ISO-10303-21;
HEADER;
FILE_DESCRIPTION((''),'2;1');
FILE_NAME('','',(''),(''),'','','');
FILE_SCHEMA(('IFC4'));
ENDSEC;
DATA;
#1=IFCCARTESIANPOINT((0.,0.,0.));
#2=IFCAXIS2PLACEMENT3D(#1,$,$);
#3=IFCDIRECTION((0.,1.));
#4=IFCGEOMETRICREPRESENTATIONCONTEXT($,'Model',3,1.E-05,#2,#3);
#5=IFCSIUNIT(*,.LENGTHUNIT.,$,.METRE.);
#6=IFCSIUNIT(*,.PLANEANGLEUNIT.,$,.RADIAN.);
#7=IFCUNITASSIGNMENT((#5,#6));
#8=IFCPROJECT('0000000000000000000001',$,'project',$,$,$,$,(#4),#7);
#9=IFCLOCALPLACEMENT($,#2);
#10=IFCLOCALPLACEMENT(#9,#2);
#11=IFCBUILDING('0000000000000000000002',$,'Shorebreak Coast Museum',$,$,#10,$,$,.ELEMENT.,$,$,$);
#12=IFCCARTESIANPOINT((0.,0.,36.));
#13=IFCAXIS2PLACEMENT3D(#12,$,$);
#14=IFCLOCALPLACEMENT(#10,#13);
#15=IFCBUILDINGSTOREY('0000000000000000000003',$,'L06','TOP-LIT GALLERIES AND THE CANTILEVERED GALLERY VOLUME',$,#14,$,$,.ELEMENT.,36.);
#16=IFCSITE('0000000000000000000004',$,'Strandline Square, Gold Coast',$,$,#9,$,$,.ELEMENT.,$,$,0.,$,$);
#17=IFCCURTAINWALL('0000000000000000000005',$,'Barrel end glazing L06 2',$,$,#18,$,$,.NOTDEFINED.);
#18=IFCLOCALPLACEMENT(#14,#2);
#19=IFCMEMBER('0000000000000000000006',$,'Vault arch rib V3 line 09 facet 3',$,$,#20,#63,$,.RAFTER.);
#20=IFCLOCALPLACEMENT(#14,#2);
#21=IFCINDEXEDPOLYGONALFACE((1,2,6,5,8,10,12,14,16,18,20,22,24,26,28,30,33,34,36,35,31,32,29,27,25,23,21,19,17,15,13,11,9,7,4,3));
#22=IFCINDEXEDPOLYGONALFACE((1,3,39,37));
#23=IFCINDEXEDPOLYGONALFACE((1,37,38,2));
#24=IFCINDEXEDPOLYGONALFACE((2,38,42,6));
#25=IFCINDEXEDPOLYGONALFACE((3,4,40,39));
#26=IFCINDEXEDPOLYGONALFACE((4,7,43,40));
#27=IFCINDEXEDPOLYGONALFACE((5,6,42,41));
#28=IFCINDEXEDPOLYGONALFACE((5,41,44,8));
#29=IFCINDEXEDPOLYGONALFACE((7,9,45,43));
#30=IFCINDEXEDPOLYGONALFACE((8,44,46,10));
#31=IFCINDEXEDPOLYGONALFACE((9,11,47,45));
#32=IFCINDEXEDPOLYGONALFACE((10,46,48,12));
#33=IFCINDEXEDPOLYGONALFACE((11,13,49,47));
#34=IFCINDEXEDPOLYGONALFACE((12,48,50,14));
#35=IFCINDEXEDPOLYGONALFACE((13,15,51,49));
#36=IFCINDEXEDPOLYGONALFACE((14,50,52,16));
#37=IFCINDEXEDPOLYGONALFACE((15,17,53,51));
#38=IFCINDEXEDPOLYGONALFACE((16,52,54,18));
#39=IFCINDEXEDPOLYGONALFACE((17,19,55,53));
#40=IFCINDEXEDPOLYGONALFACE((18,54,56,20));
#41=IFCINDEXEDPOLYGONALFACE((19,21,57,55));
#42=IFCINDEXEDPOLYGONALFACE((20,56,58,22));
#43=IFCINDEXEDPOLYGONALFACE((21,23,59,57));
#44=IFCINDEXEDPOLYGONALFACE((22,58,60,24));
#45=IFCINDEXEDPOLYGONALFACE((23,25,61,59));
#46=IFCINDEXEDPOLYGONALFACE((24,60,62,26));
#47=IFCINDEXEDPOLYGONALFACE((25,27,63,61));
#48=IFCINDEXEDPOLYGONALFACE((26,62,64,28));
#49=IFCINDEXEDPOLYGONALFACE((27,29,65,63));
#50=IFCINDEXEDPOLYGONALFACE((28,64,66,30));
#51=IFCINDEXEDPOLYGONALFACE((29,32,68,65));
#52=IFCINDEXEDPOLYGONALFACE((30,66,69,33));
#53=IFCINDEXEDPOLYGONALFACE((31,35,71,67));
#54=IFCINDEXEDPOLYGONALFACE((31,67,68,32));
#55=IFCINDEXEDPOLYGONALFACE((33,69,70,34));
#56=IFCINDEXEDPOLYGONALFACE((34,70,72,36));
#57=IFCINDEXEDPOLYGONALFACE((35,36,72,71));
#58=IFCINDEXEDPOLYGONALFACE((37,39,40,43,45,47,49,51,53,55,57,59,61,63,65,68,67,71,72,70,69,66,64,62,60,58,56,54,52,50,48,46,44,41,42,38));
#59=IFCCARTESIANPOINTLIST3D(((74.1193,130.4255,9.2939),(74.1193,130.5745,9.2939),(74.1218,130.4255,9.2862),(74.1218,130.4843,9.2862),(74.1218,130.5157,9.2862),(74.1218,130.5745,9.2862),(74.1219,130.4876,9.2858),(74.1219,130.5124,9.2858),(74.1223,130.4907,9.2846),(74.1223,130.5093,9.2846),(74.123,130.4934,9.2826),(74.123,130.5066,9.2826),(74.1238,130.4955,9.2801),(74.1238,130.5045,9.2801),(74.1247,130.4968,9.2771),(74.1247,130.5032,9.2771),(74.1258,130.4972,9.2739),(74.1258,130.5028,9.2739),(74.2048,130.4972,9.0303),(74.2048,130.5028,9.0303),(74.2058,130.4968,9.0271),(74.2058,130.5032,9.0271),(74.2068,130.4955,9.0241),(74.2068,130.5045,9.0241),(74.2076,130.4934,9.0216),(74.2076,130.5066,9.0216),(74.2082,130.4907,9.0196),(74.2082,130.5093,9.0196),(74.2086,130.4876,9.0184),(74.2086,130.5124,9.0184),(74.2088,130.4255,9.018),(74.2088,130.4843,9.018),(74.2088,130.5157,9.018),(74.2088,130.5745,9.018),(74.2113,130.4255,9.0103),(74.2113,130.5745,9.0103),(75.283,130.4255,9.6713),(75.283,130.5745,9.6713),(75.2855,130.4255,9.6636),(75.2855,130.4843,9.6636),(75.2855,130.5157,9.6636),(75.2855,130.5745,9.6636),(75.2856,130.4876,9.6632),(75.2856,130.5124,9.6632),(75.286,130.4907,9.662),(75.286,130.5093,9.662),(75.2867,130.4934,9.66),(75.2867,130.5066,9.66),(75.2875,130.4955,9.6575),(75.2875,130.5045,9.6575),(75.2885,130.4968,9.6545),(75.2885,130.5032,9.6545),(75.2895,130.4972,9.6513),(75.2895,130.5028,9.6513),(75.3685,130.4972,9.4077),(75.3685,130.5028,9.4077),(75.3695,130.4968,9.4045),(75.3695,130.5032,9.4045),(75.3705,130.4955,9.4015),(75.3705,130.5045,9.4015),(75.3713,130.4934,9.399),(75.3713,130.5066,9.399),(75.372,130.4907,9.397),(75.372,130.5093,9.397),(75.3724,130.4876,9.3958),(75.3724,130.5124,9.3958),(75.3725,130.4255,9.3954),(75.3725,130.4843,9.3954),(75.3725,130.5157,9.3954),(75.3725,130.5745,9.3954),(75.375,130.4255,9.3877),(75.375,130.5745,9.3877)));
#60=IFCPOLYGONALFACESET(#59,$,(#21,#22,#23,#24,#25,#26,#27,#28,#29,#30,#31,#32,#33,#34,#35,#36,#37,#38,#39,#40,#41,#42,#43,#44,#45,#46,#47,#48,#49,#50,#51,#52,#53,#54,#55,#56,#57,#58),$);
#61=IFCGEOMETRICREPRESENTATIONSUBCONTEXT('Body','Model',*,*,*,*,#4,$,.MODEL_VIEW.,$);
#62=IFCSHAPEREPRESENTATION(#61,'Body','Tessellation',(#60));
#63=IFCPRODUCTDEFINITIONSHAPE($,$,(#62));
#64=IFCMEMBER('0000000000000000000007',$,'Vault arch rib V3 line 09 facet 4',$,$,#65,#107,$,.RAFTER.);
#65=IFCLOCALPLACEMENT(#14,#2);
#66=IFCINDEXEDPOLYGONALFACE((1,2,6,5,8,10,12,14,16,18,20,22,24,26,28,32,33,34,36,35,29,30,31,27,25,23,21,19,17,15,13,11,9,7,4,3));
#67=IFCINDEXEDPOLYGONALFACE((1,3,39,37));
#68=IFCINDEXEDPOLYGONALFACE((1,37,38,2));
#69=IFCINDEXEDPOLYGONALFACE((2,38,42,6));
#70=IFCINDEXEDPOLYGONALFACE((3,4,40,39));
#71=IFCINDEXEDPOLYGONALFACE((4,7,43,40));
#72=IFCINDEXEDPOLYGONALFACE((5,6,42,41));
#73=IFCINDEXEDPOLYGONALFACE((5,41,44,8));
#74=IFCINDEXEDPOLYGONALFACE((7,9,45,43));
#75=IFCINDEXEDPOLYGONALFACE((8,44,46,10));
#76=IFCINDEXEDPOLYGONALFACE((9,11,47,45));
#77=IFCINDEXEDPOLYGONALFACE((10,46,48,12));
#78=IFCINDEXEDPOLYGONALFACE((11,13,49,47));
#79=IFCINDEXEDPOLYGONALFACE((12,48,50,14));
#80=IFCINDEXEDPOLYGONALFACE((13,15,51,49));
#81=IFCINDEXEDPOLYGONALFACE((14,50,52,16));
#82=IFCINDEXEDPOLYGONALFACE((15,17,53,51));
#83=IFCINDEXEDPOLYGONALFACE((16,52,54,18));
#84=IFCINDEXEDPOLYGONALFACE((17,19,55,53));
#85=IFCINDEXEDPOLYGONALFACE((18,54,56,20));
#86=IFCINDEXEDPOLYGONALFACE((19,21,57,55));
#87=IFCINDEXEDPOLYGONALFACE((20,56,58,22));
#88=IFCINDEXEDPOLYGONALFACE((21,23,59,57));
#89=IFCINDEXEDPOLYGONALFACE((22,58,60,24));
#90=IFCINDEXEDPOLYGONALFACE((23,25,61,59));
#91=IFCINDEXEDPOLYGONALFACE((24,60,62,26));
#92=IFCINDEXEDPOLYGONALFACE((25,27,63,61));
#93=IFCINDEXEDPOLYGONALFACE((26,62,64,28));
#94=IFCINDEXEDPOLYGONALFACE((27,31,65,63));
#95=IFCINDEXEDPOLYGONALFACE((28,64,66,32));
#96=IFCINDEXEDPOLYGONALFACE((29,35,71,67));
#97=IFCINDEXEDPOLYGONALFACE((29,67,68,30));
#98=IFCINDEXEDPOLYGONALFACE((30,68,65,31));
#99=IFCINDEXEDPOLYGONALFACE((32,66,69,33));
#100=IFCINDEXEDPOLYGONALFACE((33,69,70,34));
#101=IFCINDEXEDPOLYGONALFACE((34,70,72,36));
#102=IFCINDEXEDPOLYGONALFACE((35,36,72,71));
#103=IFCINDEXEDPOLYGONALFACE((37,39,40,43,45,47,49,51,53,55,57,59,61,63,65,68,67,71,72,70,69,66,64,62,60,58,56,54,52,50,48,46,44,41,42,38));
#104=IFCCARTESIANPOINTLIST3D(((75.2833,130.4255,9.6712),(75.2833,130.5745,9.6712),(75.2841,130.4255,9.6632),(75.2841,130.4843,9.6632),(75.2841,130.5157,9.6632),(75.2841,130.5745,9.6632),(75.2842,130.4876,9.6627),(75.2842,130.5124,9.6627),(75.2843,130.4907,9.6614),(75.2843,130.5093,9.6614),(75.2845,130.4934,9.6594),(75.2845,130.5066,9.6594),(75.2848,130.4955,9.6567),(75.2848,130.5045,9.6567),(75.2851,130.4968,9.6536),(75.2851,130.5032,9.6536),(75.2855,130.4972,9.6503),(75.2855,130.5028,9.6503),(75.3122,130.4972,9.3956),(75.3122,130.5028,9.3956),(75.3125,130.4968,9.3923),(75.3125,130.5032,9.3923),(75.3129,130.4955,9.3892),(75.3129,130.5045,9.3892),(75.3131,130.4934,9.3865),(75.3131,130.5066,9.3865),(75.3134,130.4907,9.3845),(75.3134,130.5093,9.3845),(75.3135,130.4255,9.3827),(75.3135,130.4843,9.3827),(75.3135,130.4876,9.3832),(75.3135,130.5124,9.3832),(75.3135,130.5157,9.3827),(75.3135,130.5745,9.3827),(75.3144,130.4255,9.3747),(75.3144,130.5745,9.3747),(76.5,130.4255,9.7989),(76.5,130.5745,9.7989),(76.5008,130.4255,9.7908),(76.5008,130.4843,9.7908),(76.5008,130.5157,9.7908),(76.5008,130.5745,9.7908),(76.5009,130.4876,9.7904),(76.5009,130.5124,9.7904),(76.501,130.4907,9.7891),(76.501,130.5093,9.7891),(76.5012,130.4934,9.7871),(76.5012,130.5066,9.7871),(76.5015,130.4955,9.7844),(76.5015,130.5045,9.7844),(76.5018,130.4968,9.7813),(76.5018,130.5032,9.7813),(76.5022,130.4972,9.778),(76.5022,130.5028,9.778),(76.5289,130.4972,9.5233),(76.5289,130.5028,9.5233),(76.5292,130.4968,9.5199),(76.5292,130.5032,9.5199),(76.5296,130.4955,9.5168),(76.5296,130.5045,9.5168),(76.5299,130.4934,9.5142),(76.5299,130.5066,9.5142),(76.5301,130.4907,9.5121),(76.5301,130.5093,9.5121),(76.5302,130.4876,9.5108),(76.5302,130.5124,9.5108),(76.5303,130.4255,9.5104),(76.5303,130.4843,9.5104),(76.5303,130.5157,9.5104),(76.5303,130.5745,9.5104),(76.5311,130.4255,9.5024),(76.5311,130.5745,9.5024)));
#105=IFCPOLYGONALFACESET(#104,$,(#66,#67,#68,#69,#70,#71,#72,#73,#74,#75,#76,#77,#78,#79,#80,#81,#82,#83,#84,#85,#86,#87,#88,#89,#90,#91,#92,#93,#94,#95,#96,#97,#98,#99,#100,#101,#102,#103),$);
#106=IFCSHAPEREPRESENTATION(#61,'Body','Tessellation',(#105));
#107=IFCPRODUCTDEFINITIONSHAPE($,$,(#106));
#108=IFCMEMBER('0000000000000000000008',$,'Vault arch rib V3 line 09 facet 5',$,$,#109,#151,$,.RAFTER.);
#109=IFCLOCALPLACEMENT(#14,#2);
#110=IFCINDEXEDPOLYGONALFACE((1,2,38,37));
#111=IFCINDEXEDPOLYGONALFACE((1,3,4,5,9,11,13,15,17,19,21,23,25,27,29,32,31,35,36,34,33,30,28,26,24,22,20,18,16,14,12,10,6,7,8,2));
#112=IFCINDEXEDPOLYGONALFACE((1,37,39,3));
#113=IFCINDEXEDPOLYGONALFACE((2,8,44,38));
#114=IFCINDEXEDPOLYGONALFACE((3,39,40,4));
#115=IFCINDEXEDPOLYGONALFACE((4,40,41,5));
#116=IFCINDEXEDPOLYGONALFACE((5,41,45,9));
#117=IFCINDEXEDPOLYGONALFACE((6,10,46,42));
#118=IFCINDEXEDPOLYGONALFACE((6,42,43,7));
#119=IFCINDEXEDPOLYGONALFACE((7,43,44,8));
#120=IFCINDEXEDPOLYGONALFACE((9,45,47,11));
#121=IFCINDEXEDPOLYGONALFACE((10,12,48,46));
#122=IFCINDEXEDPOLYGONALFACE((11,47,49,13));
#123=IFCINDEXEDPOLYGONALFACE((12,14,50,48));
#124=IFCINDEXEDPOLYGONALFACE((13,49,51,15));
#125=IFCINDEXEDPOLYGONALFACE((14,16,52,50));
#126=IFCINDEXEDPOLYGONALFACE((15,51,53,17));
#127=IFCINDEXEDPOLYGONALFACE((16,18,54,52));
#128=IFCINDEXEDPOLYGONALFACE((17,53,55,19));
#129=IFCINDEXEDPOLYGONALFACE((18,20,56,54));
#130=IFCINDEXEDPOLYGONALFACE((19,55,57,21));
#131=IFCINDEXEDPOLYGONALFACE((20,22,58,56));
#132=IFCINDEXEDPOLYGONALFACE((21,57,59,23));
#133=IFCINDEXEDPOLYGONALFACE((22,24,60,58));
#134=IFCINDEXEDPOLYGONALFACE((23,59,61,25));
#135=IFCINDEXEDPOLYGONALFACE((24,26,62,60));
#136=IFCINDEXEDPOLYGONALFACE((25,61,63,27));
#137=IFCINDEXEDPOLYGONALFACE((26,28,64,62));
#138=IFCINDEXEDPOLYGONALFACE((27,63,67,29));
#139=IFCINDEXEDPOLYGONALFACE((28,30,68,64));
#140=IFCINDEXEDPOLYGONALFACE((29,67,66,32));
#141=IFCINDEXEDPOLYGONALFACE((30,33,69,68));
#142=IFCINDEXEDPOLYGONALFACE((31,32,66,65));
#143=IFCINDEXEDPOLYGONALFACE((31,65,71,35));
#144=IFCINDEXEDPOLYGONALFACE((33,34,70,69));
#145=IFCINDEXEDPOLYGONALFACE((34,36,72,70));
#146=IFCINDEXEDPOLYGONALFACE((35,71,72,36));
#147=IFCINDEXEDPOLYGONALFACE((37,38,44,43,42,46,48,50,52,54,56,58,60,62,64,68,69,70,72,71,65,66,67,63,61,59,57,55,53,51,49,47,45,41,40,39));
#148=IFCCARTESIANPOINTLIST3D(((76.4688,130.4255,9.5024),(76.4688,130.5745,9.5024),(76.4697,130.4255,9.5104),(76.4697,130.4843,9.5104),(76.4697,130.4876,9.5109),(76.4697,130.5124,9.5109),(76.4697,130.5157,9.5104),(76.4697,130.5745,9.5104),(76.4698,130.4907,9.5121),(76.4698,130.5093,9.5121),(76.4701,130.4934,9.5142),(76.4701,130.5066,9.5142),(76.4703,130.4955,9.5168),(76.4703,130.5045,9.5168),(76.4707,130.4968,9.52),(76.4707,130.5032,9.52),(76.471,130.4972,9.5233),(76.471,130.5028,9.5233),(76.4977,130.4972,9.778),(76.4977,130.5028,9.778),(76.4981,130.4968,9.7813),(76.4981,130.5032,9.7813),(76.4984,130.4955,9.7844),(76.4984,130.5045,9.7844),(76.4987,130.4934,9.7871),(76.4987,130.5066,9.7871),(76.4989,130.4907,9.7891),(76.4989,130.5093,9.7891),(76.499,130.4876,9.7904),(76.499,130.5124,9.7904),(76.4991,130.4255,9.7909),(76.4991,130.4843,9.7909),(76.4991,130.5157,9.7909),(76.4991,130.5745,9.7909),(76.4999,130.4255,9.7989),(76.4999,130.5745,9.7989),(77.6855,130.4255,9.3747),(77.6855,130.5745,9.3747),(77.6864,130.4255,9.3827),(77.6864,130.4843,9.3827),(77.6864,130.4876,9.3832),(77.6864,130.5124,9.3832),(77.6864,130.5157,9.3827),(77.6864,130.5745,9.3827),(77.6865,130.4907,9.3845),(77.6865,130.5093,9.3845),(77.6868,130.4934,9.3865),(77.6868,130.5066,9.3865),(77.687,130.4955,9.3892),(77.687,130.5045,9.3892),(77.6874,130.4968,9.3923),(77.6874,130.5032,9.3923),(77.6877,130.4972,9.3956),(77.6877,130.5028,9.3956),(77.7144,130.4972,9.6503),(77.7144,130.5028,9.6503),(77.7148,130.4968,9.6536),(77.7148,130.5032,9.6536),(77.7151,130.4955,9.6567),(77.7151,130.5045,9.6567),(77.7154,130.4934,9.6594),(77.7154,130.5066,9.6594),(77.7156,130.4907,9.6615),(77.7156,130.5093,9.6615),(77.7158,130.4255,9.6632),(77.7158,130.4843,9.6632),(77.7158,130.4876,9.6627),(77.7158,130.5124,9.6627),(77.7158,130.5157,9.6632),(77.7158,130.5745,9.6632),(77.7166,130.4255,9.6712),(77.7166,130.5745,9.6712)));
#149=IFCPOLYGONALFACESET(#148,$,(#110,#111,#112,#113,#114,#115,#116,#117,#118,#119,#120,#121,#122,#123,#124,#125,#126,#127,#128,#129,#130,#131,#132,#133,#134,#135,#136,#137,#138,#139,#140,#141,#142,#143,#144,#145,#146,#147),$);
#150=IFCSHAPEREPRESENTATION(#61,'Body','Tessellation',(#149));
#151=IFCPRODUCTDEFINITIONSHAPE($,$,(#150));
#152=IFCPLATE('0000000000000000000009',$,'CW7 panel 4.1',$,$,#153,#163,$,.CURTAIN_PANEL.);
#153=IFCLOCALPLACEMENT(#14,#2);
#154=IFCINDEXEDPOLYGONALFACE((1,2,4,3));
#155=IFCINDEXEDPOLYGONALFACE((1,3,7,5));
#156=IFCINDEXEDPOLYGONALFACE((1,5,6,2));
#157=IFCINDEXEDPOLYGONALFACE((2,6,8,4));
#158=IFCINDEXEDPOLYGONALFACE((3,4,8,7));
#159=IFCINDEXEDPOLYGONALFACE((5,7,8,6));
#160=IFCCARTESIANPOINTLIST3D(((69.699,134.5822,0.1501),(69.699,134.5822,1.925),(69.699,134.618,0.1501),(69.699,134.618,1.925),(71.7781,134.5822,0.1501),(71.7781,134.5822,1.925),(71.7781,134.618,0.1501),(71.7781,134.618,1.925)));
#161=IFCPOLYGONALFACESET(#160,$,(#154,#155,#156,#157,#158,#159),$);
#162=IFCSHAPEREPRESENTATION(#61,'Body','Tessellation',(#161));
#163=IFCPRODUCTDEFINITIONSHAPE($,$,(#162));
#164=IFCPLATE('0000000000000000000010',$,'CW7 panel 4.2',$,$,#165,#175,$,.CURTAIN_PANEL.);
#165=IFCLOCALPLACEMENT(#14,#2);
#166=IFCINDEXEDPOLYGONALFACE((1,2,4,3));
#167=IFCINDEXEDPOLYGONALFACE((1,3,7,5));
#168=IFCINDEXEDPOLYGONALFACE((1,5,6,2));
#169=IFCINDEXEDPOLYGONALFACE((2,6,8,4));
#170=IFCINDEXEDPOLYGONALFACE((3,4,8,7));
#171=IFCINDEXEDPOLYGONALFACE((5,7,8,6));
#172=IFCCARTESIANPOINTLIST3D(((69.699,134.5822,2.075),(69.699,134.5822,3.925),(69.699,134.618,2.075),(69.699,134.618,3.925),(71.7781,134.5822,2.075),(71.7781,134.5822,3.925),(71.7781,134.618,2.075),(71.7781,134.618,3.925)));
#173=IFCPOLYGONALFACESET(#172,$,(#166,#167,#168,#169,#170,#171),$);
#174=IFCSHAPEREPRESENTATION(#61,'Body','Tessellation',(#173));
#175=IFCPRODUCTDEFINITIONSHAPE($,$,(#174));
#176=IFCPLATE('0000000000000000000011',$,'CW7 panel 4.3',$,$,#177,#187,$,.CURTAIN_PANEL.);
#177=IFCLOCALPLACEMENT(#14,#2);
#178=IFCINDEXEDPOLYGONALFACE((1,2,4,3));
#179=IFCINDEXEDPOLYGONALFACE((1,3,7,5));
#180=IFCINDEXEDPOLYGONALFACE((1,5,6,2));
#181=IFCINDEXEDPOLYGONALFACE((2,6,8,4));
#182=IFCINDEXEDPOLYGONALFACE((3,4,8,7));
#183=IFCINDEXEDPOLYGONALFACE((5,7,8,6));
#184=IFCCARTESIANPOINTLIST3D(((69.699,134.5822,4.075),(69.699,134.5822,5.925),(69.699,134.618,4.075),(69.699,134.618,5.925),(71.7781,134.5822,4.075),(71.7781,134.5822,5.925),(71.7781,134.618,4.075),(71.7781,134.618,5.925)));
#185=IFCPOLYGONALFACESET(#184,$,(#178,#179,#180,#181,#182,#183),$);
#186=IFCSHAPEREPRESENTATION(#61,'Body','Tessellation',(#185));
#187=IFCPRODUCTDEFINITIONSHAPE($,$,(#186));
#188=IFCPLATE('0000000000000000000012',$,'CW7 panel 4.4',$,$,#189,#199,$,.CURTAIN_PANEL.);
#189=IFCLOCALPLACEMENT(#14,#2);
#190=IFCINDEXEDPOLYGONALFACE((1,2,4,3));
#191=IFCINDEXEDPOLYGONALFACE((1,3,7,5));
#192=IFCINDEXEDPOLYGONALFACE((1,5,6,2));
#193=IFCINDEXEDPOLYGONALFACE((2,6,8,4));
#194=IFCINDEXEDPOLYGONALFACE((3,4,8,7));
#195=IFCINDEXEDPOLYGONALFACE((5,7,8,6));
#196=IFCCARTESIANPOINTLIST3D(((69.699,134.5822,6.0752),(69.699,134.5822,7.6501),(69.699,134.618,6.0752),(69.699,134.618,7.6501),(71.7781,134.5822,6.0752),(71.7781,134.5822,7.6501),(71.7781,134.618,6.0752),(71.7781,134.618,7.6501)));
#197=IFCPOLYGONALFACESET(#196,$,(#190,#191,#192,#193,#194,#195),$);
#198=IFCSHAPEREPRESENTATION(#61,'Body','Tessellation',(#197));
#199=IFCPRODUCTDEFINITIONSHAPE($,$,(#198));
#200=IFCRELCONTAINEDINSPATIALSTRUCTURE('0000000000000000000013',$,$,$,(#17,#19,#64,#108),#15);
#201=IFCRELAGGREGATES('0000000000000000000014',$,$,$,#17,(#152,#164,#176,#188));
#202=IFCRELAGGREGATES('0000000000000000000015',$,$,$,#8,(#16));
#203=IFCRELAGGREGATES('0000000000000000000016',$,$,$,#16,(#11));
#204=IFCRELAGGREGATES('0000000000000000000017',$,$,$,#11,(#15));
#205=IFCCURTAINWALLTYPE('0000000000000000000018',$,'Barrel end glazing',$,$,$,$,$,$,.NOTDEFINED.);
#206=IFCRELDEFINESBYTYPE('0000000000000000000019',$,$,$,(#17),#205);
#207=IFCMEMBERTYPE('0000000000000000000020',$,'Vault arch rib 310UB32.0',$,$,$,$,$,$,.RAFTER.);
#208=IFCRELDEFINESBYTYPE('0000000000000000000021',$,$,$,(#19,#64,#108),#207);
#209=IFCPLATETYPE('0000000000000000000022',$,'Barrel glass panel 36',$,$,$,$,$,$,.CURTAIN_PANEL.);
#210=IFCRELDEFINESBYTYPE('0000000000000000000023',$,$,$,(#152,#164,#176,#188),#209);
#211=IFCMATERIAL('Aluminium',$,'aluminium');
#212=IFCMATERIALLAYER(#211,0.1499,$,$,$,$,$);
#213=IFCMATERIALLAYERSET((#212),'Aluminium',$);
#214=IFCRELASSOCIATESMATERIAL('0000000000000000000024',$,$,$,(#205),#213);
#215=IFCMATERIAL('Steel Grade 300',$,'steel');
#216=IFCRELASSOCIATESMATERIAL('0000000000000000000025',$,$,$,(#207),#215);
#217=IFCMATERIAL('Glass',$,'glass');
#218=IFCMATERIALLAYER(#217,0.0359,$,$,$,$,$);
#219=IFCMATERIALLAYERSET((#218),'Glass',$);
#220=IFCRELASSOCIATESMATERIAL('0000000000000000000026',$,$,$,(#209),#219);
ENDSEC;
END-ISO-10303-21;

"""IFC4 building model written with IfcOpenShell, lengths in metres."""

from ifc_helpers import new_model, si_unit, direction, frame, origin, origin_2d, place, context, subcontext, project, spatial, rectangle, i_section, extrude, material, layer, layer_set, material_profile, profile_set, type_object, element, aggregate, save


model = new_model("IFC4")

# Units and contexts
model_context = context("Model", 3, precision=1e-05, world=origin(), true_north=direction((0.0, 1.0)))
body_context = subcontext(model_context, "Body", "Model", "MODEL_VIEW")
ifc_project = project(units=[si_unit("LENGTHUNIT", "METRE"), si_unit("PLANEANGLEUNIT", "RADIAN")], contexts=[model_context])

# Site, building, storey
site_placement = place(None, origin())
site = spatial("IfcSite", under=ifc_project, at=site_placement, Name="Strandline Square, Gold Coast", CompositionType="ELEMENT", RefElevation=0.0)
building_placement = place(site_placement, origin())
building = spatial("IfcBuilding", under=site, at=building_placement, Name="Shorebreak Coast Museum", CompositionType="ELEMENT")
storey_placement = place(building_placement, frame((0.0, 0.0, 36.0)))
storey = spatial("IfcBuildingStorey", under=building, at=storey_placement, Name="L06", Description="TOP-LIT GALLERIES AND THE CANTILEVERED GALLERY VOLUME", CompositionType="ELEMENT", Elevation=36.0)

# Curtain wall
ifc_material_1 = material(Name="Aluminium", Category="aluminium")
ifc_layer_1 = layer(ifc_material_1, 0.1499)
ifc_layer_set_1 = layer_set([ifc_layer_1], Name="Aluminium")
curtain_wall_type_1 = type_object("IfcCurtainWallType", Name="Barrel end glazing", PredefinedType="NOTDEFINED", material=ifc_layer_set_1)
curtain_wall_1_placement = place(storey_placement, origin())
curtain_wall_1 = element("IfcCurtainWall", 1, at=curtain_wall_1_placement, inside=storey, type_object=curtain_wall_type_1, Name="Barrel end glazing L06 2", PredefinedType="NOTDEFINED")

# Members
ifc_material_2 = material(Name="Steel Grade 300", Category="steel")
ifc_material_profile_1 = material_profile(ifc_material_2, i_section(OverallWidth=0.1489, OverallDepth=0.2981, WebThickness=0.0056, FlangeThickness=0.0081, FilletRadius=0.0129, at=origin_2d()), Name="310UB32.0")
ifc_profile_set_1 = profile_set([ifc_material_profile_1], Name="Steel Grade 300")
member_type_1 = type_object("IfcMemberType", Name="Vault arch rib 310UB32.0", PredefinedType="RAFTER", material=ifc_profile_set_1)
for number, where, z_axis, x_axis, name in (
    (2, (74.1653, 130.5, 9.1521), (0.951226, 0.0, 0.308495), (0.0, 1.0, 0.0), "Vault arch rib V3 line 09 facet 3"),
    (3, (75.2988, 130.5, 9.5229), (0.994539, 0.0, 0.104363), (0.0, 1.0, 0.0), "Vault arch rib V3 line 09 facet 4"),
    (4, (76.4844, 130.5, 9.6506), (0.994539, 0.0, -0.104363), (0.0, 1.0, 0.0), "Vault arch rib V3 line 09 facet 5"),
):
    element("IfcMember", number, at=place(storey_placement, frame(where, z_axis=z_axis, x_axis=x_axis)), inside=storey, type_object=member_type_1, Name=name, PredefinedType="RAFTER", context=body_context, shape_type="SweptSolid", body=[
        extrude(i_section(OverallWidth=0.1489, OverallDepth=0.2981, WebThickness=0.0056, FlangeThickness=0.0081, FilletRadius=0.0129, at=origin_2d()), origin(), (0.0, 0.0, 1.0), 1.2234),
    ])

# Plates
ifc_material_3 = material(Name="Glass", Category="glass")
ifc_layer_2 = layer(ifc_material_3, 0.0359)
ifc_layer_set_2 = layer_set([ifc_layer_2], Name="Glass")
plate_type_1 = type_object("IfcPlateType", Name="Barrel glass panel 36", PredefinedType="CURTAIN_PANEL", material=ifc_layer_set_2)
plate_1_placement = place(storey_placement, frame((70.7385, 134.6001, 0.1501), z_axis=(0.0, 0.0, 1.0), x_axis=(1.0, 0.0, 0.0)))
plate_1 = element("IfcPlate", 5, at=plate_1_placement, type_object=plate_type_1, Name="CW7 panel 4.1", PredefinedType="CURTAIN_PANEL", context=body_context, shape_type="SweptSolid", body=[
    extrude(rectangle(XDim=2.0791, YDim=0.0359, at=origin_2d()), origin(), (0.0, 0.0, 1.0), 1.7749),
])
plate_2_placement = place(storey_placement, frame((70.7385, 134.6001, 2.075), z_axis=(0.0, 0.0, 1.0), x_axis=(1.0, 0.0, 0.0)))
plate_2 = element("IfcPlate", 6, at=plate_2_placement, type_object=plate_type_1, Name="CW7 panel 4.2", PredefinedType="CURTAIN_PANEL", context=body_context, shape_type="SweptSolid", body=[
    extrude(rectangle(XDim=2.0791, YDim=0.0359, at=origin_2d()), origin(), (0.0, 0.0, 1.0), 1.8501),
])
plate_3_placement = place(storey_placement, frame((70.7385, 134.6001, 4.075), z_axis=(0.0, 0.0, 1.0), x_axis=(1.0, 0.0, 0.0)))
plate_3 = element("IfcPlate", 7, at=plate_3_placement, type_object=plate_type_1, Name="CW7 panel 4.3", PredefinedType="CURTAIN_PANEL", context=body_context, shape_type="SweptSolid", body=[
    extrude(rectangle(XDim=2.0791, YDim=0.0359, at=origin_2d()), origin(), (0.0, 0.0, 1.0), 1.8501),
])
plate_4_placement = place(storey_placement, frame((70.7385, 134.6001, 6.0752), z_axis=(0.0, 0.0, 1.0), x_axis=(1.0, 0.0, 0.0)))
plate_4 = element("IfcPlate", 8, at=plate_4_placement, type_object=plate_type_1, Name="CW7 panel 4.4", PredefinedType="CURTAIN_PANEL", context=body_context, shape_type="SweptSolid", body=[
    extrude(rectangle(XDim=2.0791, YDim=0.0359, at=origin_2d()), origin(), (0.0, 0.0, 1.0), 1.575),
])
aggregate(curtain_wall_1, [plate_1, plate_2, plate_3, plate_4])

save(model, "model.ifc")
